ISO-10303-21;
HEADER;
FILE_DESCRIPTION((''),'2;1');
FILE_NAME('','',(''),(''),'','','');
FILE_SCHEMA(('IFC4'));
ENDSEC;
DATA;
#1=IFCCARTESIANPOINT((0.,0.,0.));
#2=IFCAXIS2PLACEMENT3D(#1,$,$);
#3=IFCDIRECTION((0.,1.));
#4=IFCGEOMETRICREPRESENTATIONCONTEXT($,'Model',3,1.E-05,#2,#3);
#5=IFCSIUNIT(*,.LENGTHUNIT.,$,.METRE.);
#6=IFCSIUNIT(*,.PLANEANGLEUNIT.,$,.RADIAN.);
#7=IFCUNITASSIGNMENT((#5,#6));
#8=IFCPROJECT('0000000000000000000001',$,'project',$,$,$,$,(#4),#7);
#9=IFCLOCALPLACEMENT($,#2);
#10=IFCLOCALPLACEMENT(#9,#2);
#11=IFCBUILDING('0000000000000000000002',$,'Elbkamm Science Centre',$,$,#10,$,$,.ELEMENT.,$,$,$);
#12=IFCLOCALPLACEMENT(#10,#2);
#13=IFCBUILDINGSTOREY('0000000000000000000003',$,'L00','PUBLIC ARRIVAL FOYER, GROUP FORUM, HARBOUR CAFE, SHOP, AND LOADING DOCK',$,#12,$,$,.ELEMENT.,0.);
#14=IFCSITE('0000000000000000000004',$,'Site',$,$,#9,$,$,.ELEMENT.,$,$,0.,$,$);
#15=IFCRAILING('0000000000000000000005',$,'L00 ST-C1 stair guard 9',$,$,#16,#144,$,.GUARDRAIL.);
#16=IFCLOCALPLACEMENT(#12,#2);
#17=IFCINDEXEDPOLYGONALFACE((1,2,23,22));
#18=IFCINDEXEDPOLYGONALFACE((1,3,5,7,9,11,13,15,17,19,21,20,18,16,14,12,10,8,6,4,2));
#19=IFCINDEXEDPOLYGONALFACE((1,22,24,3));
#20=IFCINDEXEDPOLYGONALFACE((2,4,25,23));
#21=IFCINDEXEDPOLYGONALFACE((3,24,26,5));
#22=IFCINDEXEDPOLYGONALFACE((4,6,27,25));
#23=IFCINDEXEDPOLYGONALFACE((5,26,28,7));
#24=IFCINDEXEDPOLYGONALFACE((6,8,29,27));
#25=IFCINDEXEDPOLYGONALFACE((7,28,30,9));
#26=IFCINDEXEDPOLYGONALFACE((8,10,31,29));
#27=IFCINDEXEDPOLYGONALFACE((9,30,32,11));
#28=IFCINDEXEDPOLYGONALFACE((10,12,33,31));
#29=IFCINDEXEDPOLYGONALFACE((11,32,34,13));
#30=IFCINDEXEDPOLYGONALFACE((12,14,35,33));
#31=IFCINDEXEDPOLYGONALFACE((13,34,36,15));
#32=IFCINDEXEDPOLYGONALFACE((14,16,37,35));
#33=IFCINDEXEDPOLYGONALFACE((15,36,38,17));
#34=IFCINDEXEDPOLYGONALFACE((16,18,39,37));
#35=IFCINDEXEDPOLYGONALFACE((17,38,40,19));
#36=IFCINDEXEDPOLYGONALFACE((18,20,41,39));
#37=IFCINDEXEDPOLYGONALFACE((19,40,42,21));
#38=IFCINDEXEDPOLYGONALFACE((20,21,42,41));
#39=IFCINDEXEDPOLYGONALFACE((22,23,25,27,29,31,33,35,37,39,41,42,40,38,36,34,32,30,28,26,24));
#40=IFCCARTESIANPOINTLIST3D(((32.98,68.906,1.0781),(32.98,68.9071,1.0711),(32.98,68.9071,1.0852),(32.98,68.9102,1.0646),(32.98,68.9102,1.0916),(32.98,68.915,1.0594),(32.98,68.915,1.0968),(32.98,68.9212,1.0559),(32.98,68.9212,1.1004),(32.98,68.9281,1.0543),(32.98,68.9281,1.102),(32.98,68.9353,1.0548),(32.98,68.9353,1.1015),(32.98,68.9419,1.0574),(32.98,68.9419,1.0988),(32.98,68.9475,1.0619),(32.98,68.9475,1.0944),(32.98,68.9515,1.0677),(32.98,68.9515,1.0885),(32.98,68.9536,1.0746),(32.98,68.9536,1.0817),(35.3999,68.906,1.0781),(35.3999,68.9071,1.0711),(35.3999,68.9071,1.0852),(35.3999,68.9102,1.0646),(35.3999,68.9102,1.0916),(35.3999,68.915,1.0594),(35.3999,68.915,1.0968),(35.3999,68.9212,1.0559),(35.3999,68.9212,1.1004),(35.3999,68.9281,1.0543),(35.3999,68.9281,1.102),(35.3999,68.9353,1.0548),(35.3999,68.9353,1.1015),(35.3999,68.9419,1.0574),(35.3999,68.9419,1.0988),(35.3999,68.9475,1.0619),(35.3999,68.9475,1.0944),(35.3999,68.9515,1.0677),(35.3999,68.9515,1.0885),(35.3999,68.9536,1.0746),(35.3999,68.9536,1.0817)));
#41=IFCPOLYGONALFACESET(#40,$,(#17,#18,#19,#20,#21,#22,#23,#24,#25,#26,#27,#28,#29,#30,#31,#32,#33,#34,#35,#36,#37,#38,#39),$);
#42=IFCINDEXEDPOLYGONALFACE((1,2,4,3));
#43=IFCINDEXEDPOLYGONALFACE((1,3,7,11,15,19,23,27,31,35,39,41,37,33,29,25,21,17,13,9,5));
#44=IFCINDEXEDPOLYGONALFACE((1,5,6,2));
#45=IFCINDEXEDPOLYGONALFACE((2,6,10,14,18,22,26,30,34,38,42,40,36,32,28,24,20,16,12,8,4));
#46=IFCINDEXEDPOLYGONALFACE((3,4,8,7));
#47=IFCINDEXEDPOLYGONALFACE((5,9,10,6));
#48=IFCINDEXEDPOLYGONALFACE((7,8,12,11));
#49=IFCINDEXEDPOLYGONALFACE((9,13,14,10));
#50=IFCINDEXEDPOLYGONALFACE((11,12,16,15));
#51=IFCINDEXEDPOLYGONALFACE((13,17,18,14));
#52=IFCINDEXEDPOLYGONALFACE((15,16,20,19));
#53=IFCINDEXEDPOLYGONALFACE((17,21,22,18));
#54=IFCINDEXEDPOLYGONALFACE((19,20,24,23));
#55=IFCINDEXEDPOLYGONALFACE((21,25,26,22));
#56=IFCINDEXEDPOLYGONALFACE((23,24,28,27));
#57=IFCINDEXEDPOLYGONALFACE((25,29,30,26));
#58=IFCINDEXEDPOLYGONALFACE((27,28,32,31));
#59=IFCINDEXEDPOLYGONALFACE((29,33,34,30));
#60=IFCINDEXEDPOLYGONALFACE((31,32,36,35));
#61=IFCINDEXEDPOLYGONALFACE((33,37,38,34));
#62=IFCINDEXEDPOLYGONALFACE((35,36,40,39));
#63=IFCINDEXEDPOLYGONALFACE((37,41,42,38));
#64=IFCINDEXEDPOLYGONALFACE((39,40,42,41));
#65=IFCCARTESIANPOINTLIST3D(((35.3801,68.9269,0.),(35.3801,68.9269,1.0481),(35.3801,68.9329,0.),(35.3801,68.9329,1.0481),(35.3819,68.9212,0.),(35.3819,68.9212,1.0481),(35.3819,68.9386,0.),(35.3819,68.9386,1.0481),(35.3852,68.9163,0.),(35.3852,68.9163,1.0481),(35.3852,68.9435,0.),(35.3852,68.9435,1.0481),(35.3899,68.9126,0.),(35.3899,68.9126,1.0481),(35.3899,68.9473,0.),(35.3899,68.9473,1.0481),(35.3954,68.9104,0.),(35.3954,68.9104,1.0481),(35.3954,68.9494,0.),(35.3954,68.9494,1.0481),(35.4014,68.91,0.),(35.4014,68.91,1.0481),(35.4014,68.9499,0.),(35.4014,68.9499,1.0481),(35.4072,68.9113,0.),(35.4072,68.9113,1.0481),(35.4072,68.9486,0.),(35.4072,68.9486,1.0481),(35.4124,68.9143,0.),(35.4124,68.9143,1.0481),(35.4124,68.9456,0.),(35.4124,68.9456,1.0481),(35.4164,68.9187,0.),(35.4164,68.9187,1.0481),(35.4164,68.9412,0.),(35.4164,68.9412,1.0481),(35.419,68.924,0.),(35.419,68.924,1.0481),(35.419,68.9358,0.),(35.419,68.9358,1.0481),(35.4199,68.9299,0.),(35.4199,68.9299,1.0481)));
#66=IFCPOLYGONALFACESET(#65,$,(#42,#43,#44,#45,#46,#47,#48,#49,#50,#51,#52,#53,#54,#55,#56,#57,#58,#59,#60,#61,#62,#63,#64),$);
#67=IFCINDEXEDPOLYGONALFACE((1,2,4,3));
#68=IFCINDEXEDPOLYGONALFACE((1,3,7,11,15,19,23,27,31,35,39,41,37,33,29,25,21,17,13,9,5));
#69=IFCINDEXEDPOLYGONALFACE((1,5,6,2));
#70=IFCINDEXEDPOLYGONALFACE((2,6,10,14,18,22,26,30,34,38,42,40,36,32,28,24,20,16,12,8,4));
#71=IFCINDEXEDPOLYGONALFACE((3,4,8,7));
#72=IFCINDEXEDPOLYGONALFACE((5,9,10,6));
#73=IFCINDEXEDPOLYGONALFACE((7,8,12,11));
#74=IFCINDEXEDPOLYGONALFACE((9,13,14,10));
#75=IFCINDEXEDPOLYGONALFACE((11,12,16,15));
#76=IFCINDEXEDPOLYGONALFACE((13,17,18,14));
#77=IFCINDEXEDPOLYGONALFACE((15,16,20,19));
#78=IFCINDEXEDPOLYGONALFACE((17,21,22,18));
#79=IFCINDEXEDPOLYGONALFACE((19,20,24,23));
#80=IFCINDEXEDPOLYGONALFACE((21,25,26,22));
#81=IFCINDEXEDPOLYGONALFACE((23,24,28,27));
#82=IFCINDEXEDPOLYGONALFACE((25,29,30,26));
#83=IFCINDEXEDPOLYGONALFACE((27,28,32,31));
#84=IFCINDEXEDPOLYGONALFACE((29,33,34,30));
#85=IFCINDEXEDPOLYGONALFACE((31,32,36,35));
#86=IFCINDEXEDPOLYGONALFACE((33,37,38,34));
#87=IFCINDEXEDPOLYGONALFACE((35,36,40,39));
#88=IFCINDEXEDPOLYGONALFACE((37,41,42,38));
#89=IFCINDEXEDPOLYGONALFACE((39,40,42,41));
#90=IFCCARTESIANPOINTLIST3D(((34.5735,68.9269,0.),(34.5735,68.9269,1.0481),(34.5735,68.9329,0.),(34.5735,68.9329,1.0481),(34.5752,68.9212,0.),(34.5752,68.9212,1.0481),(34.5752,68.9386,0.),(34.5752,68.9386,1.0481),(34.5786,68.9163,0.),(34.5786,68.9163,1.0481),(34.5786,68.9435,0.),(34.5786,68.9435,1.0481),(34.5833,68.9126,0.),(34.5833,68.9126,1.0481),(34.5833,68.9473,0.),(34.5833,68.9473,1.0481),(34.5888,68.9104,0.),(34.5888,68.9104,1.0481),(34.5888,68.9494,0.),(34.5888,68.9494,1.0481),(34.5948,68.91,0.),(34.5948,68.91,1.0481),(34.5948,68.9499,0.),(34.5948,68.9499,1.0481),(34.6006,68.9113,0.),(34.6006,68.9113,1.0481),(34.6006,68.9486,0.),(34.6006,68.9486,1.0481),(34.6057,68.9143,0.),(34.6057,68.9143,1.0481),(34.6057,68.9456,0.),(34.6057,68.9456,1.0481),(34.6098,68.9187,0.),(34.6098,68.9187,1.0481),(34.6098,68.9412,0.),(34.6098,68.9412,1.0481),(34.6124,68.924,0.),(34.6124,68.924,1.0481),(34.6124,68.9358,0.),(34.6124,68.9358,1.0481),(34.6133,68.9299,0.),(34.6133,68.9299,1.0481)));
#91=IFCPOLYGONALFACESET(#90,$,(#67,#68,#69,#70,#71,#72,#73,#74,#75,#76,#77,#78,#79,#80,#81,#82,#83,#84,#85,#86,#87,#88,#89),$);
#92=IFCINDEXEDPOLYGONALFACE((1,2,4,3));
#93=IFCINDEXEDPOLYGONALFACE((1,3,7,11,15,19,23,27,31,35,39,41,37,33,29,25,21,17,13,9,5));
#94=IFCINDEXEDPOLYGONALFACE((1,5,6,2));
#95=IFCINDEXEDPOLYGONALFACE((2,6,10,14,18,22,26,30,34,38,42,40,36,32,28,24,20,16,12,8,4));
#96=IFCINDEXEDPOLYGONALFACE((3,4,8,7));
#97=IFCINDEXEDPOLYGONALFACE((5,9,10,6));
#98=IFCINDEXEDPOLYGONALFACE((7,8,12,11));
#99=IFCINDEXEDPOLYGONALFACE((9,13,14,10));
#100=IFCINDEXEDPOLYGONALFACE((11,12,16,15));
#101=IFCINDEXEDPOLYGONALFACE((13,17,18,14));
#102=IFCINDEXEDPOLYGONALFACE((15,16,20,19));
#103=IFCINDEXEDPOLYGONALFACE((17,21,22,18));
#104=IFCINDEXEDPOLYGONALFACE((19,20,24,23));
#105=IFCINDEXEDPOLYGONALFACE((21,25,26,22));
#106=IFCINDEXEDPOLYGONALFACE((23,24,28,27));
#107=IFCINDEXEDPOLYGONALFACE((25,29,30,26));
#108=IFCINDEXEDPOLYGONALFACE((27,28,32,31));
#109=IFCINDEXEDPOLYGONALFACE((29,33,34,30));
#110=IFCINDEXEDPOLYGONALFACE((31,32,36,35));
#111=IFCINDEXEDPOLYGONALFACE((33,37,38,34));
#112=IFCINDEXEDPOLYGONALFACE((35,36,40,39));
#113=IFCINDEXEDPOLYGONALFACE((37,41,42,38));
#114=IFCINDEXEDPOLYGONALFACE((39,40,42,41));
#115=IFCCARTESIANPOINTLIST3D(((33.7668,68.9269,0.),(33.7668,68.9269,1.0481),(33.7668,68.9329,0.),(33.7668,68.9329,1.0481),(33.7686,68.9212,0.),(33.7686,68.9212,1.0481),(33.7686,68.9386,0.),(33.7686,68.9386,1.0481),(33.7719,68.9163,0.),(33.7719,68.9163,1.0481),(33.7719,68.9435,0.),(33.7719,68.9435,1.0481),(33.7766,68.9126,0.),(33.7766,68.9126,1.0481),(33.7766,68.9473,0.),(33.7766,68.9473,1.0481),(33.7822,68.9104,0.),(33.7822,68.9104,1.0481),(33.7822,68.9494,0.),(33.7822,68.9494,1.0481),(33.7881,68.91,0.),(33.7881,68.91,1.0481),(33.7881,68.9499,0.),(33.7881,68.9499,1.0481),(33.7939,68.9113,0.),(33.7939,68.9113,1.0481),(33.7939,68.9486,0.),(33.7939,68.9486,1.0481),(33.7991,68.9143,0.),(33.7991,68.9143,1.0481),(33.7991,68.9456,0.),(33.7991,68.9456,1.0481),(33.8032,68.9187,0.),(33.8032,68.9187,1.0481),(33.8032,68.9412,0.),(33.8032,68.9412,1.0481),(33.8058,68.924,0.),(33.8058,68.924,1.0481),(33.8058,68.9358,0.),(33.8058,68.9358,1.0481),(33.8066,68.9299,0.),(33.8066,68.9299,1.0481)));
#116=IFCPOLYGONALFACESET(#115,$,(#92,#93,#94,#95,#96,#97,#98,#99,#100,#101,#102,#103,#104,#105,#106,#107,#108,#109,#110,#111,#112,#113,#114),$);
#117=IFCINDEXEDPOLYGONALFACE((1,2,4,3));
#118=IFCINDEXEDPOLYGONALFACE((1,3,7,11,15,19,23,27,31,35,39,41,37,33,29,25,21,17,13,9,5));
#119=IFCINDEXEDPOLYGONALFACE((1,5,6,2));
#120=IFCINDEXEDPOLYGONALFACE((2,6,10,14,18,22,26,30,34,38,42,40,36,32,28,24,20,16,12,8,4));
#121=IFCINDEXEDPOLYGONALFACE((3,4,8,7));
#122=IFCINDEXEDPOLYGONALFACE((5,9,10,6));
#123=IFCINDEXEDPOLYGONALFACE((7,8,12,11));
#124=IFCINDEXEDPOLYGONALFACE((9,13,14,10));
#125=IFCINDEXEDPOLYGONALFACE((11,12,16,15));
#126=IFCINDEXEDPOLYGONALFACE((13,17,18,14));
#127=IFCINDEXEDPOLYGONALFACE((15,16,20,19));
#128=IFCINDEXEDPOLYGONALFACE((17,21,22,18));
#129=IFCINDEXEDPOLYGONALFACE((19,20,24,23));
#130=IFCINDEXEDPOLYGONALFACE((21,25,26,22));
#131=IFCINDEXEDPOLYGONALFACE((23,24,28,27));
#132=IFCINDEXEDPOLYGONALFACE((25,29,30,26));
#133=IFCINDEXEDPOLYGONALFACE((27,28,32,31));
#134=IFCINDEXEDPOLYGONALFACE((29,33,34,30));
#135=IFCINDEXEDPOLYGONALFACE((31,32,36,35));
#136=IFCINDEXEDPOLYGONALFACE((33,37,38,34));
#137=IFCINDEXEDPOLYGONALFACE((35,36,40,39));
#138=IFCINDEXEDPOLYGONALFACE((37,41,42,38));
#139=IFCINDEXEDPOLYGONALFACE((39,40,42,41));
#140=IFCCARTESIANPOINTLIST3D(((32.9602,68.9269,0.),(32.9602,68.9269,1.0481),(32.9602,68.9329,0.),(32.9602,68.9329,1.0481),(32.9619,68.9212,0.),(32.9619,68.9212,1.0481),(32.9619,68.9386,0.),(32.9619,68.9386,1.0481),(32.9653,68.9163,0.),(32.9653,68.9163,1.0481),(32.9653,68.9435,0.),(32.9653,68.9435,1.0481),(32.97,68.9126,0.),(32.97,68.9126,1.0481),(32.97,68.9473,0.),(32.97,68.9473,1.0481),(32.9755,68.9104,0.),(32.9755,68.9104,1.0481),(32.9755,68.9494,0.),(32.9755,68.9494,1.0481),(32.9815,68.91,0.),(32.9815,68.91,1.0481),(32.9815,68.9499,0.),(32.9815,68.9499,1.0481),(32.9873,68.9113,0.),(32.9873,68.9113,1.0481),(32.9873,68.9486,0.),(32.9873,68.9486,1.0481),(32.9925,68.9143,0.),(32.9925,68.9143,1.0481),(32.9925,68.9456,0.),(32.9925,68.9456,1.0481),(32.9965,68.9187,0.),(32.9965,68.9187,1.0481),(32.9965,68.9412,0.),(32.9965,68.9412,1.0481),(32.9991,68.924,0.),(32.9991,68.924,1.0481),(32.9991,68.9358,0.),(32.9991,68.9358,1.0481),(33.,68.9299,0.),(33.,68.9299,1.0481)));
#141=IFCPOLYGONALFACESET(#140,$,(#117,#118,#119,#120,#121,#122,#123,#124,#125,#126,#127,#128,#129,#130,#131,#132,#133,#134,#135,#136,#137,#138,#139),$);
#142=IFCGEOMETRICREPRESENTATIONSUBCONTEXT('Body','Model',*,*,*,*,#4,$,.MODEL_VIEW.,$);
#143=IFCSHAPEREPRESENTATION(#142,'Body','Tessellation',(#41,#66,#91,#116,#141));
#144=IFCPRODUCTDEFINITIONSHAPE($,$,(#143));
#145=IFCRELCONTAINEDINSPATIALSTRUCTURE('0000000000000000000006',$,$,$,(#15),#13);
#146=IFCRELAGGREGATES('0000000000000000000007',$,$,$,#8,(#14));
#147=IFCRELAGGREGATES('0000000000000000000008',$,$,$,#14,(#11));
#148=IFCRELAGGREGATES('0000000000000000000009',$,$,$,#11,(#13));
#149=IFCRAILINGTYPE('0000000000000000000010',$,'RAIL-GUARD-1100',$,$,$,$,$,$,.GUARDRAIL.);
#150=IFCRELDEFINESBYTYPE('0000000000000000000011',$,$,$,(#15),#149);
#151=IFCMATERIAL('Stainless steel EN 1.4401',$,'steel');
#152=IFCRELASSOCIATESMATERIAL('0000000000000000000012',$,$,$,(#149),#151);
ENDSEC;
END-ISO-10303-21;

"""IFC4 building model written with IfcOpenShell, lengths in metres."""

from ifc_helpers import new_model, si_unit, direction, frame, origin, origin_2d, place, context, subcontext, project, spatial, circle, extrude, material, type_object, element, save


model = new_model("IFC4")

# Units and contexts
model_context = context("Model", 3, precision=1e-05, world=origin(), true_north=direction((0.0, 1.0)))
body_context = subcontext(model_context, "Body", "Model", "MODEL_VIEW")
ifc_project = project(units=[si_unit("LENGTHUNIT", "METRE"), si_unit("PLANEANGLEUNIT", "RADIAN")], contexts=[model_context])

# Site, building, storey
site_placement = place(None, origin())
site = spatial("IfcSite", under=ifc_project, at=site_placement, Name="Site", CompositionType="ELEMENT", RefElevation=0.0)
building_placement = place(site_placement, origin())
building = spatial("IfcBuilding", under=site, at=building_placement, Name="Elbkamm Science Centre", CompositionType="ELEMENT")
storey_placement = place(building_placement, origin())
storey = spatial("IfcBuildingStorey", under=building, at=storey_placement, Name="L00", Description="PUBLIC ARRIVAL FOYER, GROUP FORUM, HARBOUR CAFE, SHOP, AND LOADING DOCK", CompositionType="ELEMENT", Elevation=0.0)

# Railing
ifc_material_1 = material(Name="Stainless steel EN 1.4401", Category="steel")
railing_type_1 = type_object("IfcRailingType", Name="RAIL-GUARD-1100", PredefinedType="GUARDRAIL", material=ifc_material_1)
for number, where, name in (
    (1, (35.3999, 68.9299, 0.0), "L00 ST-C1 stair guard 9"),
):
    element("IfcRailing", number, at=place(storey_placement, frame(where)), inside=storey, type_object=railing_type_1, Name=name, PredefinedType="GUARDRAIL", context=body_context, shape_type="SweptSolid", body=[
        extrude(circle(Radius=0.0239, at=origin_2d()), frame((0.0, 0.0, 1.0781), z_axis=(-1.0, 0.0, 0.0), x_axis=(0.0, -1.0, 0.0)), (0.0, 0.0, 1.0), 2.4199),
        extrude(circle(Radius=0.02, at=origin_2d()), origin(), (0.0, 0.0, 1.0), 1.0481),
        extrude(circle(Radius=0.02, at=origin_2d()), frame((-0.8066, 0.0, 0.0)), (0.0, 0.0, 1.0), 1.0481),
        extrude(circle(Radius=0.02, at=origin_2d()), frame((-1.6133, 0.0, 0.0)), (0.0, 0.0, 1.0), 1.0481),
        extrude(circle(Radius=0.02, at=origin_2d()), frame((-2.4199, 0.0, 0.0)), (0.0, 0.0, 1.0), 1.0481),
    ])

save(model, "model.ifc")
